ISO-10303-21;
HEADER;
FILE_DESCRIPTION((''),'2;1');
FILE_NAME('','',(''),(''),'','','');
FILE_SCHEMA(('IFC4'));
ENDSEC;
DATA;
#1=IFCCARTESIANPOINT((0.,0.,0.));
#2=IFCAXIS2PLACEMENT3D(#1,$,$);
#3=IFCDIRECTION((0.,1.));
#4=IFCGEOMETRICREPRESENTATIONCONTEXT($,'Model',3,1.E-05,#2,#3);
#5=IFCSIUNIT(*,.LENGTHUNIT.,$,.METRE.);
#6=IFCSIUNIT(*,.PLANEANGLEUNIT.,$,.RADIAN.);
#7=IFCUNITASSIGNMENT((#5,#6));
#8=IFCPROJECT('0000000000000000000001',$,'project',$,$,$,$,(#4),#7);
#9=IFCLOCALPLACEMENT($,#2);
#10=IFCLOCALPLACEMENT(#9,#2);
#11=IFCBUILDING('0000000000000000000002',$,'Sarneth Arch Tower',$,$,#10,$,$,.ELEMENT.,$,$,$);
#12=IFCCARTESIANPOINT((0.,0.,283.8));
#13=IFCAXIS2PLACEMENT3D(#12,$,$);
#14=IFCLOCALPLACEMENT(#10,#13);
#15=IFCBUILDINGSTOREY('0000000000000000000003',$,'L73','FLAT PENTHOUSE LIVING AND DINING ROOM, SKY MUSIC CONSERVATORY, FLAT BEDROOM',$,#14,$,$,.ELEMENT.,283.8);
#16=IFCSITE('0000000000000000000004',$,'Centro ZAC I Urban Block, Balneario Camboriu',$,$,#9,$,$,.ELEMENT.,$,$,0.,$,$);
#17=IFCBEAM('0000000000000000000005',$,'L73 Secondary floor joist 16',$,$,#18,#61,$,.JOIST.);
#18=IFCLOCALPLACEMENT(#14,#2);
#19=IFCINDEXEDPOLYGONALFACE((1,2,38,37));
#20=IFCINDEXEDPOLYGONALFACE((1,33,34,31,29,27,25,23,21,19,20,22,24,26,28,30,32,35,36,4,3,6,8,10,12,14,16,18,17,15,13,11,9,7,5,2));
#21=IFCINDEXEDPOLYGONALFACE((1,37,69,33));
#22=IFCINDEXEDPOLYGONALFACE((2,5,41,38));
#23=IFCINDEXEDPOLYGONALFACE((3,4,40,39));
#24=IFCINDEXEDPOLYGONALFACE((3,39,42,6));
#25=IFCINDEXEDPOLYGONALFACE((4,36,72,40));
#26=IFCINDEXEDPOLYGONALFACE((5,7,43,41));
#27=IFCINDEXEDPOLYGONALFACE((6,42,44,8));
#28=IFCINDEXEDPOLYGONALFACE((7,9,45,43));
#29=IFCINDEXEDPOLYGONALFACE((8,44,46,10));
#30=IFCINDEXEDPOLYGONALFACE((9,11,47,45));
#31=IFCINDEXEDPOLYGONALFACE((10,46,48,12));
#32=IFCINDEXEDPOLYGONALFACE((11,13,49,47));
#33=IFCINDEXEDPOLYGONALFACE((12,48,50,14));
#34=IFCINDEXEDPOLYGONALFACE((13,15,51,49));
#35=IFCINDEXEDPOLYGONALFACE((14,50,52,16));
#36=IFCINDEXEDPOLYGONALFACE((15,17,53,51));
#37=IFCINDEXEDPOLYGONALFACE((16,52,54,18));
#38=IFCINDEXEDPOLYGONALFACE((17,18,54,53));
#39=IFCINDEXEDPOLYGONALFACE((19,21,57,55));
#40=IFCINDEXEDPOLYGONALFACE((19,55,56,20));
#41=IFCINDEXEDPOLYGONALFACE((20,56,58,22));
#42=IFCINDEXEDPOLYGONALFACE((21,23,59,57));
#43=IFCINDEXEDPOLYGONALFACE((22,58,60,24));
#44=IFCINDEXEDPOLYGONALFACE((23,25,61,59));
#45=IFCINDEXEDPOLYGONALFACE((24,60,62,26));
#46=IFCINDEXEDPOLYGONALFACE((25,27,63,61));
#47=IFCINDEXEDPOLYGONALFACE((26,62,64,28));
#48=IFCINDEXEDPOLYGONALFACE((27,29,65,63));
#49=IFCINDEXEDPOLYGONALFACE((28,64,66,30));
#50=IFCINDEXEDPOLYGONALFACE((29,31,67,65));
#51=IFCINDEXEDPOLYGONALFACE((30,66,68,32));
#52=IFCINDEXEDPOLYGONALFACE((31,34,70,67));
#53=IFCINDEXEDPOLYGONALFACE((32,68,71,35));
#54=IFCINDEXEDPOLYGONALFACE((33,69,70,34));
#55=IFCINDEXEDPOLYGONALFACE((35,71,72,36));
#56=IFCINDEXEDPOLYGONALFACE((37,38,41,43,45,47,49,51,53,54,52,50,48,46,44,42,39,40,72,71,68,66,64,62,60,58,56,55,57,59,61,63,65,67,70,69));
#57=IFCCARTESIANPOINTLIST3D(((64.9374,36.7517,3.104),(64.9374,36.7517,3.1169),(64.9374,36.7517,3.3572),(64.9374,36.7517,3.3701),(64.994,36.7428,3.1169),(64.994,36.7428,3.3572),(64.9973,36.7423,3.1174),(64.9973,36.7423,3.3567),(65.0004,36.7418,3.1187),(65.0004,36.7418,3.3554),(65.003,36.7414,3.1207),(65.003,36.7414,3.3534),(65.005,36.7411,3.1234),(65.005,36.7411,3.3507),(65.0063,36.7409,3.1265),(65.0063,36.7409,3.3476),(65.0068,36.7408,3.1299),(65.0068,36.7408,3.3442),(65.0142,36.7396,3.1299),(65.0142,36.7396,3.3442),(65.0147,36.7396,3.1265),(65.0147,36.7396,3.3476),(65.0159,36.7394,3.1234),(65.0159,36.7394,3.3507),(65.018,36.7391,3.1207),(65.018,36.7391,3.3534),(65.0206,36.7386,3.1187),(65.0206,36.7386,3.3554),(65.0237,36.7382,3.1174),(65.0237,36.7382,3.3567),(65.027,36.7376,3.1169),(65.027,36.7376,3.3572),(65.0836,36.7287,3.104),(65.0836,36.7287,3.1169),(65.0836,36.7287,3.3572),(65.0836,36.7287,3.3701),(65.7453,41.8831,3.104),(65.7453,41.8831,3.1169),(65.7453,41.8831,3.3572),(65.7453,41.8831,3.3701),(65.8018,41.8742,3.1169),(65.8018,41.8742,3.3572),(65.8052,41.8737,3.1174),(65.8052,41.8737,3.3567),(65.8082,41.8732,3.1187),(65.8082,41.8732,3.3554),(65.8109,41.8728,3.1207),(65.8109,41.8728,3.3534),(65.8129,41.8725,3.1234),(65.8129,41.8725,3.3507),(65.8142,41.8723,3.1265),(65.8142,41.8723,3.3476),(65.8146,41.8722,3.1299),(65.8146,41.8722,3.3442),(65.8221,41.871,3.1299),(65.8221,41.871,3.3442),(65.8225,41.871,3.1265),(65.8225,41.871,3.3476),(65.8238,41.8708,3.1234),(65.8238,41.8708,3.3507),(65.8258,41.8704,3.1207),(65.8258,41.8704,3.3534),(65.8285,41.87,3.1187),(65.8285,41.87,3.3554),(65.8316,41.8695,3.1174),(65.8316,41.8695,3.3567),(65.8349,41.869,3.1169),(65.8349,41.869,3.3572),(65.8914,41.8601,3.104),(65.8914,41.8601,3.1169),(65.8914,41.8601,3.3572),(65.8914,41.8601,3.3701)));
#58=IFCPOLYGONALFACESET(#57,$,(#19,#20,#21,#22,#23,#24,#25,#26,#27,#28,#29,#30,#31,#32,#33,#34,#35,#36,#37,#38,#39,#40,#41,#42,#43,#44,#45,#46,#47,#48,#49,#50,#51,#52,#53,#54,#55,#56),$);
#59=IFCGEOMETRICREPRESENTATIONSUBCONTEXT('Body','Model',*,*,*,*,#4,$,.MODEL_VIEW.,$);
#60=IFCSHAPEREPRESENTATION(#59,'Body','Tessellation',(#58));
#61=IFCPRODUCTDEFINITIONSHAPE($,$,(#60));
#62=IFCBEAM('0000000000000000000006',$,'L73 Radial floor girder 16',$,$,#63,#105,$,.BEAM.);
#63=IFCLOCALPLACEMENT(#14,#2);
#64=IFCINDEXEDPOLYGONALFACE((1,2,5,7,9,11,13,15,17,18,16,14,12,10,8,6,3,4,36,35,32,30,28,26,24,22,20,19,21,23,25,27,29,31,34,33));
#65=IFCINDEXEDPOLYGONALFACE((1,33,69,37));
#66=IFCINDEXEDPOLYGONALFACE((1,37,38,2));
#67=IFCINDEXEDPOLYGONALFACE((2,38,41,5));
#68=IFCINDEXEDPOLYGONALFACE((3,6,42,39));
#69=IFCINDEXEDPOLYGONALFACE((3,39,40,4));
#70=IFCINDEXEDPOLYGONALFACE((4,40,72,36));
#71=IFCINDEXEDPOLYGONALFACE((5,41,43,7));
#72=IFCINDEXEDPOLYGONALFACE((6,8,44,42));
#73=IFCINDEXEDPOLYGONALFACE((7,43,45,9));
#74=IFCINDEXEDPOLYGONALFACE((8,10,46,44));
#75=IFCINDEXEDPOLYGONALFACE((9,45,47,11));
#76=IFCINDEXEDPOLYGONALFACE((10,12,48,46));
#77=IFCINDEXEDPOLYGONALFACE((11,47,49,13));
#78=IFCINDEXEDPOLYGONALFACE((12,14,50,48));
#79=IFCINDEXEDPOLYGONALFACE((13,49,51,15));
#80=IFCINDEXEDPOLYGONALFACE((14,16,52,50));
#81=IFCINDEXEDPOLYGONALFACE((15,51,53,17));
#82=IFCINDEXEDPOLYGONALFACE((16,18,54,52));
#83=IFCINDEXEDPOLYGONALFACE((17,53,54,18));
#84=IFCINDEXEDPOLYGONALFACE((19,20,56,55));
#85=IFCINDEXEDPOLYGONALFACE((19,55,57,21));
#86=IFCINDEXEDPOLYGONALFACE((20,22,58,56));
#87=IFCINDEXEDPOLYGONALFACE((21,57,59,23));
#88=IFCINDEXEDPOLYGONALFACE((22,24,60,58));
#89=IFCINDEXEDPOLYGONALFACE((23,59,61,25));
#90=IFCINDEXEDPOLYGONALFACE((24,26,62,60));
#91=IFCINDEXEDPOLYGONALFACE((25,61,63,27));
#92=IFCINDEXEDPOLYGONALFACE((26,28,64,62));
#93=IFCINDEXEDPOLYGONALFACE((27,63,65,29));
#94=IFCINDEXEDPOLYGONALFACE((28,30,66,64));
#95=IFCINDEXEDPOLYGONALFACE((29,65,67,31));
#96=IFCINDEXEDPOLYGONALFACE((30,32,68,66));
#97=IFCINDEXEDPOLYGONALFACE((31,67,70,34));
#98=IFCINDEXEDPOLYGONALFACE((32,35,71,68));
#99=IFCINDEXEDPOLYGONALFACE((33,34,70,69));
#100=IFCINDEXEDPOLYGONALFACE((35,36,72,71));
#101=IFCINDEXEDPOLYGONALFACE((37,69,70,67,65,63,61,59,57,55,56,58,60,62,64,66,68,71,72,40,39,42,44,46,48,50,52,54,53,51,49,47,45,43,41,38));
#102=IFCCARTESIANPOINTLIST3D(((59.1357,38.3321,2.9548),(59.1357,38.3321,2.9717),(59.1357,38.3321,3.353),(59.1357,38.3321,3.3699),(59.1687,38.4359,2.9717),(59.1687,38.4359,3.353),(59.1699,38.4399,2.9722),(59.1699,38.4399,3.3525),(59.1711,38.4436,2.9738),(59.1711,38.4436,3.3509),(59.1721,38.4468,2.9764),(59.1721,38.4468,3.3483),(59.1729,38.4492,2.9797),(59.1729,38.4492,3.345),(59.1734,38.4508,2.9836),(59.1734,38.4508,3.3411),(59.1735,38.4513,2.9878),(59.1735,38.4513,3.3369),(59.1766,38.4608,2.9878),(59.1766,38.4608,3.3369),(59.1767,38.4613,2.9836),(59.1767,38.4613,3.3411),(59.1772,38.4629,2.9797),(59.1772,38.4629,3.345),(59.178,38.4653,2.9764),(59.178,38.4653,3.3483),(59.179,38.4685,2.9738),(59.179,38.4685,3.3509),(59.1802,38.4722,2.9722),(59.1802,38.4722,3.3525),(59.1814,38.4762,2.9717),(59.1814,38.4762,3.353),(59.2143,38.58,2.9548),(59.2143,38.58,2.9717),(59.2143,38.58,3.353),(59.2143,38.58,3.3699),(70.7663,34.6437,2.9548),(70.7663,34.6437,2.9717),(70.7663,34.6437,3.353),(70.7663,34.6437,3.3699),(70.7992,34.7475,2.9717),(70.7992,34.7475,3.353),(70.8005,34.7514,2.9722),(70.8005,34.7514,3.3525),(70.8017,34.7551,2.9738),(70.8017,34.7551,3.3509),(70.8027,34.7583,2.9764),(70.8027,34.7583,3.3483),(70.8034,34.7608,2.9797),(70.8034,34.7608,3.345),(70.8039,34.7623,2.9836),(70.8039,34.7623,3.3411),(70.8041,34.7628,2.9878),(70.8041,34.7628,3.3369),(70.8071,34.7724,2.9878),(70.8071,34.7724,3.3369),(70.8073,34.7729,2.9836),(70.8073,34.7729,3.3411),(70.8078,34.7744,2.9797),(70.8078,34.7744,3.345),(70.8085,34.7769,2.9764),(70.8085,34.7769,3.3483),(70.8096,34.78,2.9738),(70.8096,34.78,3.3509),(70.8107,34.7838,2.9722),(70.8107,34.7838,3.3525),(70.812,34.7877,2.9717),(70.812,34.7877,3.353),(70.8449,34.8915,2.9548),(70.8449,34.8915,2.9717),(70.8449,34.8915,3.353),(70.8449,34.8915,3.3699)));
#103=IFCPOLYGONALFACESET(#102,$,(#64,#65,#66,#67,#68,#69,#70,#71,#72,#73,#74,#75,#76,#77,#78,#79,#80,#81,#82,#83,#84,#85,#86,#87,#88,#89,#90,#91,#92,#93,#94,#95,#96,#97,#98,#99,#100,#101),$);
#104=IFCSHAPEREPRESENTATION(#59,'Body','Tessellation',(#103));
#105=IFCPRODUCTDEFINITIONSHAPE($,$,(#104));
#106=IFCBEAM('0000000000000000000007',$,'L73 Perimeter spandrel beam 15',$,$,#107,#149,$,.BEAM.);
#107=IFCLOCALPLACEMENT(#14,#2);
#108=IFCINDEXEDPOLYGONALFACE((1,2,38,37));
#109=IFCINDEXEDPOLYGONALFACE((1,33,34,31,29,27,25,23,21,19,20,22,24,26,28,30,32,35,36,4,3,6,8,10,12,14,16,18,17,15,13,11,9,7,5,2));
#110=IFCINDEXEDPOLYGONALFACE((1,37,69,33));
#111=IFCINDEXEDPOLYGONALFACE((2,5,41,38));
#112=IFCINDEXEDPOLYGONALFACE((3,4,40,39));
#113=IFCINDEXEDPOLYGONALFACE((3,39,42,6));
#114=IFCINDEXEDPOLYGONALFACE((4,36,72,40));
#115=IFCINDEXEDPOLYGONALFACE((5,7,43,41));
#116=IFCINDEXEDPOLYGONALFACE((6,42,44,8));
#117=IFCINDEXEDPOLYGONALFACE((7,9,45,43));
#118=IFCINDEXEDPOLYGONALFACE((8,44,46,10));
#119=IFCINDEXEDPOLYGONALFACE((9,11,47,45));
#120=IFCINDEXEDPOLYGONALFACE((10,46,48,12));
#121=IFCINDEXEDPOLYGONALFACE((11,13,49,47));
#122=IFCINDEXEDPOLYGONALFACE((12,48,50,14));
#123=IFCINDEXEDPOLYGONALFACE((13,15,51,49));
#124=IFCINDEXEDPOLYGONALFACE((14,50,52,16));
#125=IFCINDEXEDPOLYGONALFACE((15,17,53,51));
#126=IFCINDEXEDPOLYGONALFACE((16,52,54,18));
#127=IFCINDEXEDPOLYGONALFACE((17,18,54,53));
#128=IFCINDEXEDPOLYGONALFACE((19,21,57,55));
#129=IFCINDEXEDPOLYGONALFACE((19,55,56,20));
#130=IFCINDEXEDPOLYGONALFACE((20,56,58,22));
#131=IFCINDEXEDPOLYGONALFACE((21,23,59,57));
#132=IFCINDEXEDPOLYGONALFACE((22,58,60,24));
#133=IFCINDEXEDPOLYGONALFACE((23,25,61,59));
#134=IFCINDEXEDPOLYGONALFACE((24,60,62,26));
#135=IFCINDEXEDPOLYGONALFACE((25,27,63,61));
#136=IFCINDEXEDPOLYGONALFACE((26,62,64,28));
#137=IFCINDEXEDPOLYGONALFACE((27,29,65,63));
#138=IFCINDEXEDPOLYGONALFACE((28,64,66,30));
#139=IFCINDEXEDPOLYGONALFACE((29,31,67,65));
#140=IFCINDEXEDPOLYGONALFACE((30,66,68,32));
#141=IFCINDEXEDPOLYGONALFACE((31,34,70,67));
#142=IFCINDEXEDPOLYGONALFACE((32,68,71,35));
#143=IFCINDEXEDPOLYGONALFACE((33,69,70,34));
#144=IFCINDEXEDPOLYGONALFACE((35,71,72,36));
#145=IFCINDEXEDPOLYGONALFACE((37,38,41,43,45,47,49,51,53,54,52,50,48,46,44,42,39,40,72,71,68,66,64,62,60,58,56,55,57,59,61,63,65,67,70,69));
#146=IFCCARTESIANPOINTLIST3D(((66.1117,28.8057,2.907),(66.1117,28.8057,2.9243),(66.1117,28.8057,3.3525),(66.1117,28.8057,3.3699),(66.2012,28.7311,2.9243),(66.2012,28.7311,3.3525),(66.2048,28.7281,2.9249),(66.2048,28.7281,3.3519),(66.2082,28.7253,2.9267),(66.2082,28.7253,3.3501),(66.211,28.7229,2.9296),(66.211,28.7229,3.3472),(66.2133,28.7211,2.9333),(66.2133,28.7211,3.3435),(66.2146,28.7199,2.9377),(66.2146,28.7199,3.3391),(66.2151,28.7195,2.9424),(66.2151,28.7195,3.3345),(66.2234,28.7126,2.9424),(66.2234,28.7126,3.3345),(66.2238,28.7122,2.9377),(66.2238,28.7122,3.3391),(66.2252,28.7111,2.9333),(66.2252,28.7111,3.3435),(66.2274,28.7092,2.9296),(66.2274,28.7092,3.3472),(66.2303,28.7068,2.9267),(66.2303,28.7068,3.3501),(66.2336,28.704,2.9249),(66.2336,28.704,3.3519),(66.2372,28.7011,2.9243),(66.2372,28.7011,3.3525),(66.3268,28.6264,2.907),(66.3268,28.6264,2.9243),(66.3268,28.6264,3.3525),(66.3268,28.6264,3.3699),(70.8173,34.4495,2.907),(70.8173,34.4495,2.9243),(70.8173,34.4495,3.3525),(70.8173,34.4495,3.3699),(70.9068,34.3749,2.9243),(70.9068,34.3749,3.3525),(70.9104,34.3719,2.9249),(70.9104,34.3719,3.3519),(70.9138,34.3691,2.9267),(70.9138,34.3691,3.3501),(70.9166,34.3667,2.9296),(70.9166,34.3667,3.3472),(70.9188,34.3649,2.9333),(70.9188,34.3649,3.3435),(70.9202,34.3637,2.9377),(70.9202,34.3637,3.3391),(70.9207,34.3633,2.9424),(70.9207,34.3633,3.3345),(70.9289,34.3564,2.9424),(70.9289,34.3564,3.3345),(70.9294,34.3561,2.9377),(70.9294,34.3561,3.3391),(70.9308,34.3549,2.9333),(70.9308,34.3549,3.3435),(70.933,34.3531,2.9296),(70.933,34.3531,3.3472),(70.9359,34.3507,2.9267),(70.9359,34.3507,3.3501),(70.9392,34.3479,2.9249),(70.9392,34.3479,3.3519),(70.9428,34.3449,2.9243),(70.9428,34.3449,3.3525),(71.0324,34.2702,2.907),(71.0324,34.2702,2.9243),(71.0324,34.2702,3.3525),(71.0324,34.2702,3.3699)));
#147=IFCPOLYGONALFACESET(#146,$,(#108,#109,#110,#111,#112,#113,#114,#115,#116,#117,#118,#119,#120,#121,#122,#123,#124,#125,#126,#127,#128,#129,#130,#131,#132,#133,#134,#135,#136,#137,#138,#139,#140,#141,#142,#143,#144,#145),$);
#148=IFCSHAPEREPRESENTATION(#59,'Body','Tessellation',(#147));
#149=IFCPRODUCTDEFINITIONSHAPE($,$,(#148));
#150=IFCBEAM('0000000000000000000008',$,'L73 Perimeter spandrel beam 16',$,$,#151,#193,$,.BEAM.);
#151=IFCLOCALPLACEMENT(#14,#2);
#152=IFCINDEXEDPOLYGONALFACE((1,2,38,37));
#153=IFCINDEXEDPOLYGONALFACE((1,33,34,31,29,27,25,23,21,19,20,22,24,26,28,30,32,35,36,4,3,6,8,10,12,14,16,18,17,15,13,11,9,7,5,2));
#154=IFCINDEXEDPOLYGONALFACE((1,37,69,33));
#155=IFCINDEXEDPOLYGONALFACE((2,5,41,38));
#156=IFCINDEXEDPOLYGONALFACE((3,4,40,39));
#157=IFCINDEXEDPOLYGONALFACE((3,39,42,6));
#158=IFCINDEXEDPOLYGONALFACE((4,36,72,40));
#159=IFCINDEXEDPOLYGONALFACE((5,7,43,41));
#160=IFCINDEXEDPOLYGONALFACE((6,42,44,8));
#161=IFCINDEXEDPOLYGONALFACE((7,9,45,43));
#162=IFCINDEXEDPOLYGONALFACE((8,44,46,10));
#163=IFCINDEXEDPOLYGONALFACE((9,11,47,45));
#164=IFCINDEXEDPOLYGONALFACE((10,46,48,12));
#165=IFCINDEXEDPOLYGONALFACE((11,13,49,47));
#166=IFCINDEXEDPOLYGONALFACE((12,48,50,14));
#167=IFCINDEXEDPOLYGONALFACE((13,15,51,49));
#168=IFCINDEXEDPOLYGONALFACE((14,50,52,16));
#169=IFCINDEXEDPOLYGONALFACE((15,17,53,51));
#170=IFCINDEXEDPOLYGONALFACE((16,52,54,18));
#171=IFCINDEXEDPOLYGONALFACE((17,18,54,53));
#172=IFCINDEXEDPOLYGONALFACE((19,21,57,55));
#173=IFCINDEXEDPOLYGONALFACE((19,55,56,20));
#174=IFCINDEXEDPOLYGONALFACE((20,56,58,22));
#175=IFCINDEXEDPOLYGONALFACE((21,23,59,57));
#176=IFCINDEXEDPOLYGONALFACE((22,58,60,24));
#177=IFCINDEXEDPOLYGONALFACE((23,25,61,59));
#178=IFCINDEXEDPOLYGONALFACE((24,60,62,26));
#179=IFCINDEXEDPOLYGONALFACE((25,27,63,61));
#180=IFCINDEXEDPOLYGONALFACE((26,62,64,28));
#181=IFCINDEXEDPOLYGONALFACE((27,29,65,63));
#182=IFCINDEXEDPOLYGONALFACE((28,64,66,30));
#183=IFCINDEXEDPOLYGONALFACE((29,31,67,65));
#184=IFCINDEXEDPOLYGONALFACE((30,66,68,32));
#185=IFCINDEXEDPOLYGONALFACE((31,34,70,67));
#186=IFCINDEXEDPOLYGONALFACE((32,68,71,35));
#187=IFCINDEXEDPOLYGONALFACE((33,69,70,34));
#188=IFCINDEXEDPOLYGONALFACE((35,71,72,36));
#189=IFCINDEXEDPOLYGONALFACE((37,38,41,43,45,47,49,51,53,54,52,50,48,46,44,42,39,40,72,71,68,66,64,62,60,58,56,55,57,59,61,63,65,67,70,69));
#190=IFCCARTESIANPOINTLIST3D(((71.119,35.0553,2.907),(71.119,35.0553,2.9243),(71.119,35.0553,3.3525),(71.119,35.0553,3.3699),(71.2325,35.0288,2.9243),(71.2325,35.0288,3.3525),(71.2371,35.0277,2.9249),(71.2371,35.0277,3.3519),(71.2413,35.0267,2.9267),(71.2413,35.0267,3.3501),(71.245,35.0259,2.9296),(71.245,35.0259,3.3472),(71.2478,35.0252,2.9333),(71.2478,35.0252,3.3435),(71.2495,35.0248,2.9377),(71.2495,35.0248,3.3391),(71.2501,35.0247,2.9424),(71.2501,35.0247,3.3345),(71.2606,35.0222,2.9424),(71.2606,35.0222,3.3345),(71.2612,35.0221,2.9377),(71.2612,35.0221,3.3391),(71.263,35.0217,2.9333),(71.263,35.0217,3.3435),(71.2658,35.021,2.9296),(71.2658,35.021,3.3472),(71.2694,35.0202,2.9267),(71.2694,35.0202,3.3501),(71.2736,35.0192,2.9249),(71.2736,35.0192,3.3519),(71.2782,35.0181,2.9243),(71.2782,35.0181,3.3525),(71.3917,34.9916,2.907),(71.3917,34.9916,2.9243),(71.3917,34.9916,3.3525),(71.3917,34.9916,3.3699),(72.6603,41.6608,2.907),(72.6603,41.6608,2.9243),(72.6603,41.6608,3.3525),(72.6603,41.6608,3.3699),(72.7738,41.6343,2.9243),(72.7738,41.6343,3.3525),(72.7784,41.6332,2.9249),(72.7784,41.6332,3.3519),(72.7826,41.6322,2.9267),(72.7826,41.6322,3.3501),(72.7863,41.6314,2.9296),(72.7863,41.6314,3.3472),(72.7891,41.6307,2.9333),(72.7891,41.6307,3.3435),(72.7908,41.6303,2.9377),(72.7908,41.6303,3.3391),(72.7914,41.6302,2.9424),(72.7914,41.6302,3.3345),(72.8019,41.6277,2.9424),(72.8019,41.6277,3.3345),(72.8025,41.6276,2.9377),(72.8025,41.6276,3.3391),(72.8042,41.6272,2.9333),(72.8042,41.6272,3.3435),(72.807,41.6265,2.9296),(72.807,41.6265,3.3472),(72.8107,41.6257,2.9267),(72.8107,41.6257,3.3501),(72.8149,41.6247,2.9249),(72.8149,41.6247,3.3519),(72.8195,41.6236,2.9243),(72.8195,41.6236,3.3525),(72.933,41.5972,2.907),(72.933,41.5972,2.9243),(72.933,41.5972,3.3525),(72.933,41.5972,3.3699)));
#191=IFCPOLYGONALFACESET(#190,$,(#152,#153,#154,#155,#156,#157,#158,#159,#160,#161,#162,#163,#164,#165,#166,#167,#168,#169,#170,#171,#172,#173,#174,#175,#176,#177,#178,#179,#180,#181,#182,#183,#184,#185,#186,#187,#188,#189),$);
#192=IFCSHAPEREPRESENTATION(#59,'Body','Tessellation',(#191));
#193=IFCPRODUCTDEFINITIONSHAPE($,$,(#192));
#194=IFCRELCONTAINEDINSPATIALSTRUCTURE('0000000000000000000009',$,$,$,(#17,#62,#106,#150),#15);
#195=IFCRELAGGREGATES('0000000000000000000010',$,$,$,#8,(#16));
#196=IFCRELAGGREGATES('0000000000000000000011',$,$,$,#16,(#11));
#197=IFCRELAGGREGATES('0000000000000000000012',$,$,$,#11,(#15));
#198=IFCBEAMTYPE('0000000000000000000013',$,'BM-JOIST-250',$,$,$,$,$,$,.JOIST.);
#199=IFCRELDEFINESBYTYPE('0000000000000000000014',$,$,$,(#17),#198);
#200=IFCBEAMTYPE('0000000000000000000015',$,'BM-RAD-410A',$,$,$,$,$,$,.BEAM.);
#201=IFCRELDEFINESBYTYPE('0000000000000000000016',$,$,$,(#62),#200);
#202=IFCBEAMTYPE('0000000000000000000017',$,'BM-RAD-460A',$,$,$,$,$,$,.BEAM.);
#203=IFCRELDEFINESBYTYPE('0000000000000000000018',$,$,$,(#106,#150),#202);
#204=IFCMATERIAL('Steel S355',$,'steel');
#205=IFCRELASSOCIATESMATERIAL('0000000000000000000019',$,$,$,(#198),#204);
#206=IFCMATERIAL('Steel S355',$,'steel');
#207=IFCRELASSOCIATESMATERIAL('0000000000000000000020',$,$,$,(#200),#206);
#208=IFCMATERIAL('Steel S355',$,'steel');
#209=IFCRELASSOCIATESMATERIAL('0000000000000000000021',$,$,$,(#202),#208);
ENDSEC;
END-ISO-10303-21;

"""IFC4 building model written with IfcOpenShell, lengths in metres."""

from ifc_helpers import new_model, si_unit, direction, frame, origin, origin_2d, place, context, subcontext, project, spatial, i_section, extrude, material, material_profile, profile_set, type_object, element, save


model = new_model("IFC4")

# Units and contexts
model_context = context("Model", 3, precision=1e-05, world=origin(), true_north=direction((0.0, 1.0)))
body_context = subcontext(model_context, "Body", "Model", "MODEL_VIEW")
ifc_project = project(units=[si_unit("LENGTHUNIT", "METRE"), si_unit("PLANEANGLEUNIT", "RADIAN")], contexts=[model_context])

# Site, building, storey
site_placement = place(None, origin())
site = spatial("IfcSite", under=ifc_project, at=site_placement, Name="Centro ZAC I Urban Block, Balneario Camboriu", CompositionType="ELEMENT", RefElevation=0.0)
building_placement = place(site_placement, origin())
building = spatial("IfcBuilding", under=site, at=building_placement, Name="Sarneth Arch Tower", CompositionType="ELEMENT")
storey_placement = place(building_placement, frame((0.0, 0.0, 283.8)))
storey = spatial("IfcBuildingStorey", under=building, at=storey_placement, Name="L73", Description="FLAT PENTHOUSE LIVING AND DINING ROOM, SKY MUSIC CONSERVATORY, FLAT BEDROOM", CompositionType="ELEMENT", Elevation=283.8)

# Beams
ifc_material_1 = material(Name="Steel S355", Category="steel")
ifc_material_profile_1 = material_profile(ifc_material_1, i_section(OverallWidth=0.1479, OverallDepth=0.2661, WebThickness=0.0076, FlangeThickness=0.0129, FilletRadius=0.0129, at=origin_2d()), Name="W250x44.8")
ifc_profile_set_1 = profile_set([ifc_material_profile_1], Name="Steel S355")
beam_type_1 = type_object("IfcBeamType", Name="BM-JOIST-250", PredefinedType="JOIST", material=ifc_profile_set_1)
beam_1_placement = place(storey_placement, frame((65.0105, 36.7402, 3.2371), z_axis=(0.155521, 0.987833, 0.0), x_axis=(-0.987833, 0.155521, 0.0)))
element("IfcBeam", 1, at=beam_1_placement, inside=storey, type_object=beam_type_1, Name="L73 Secondary floor joist 16", PredefinedType="JOIST", context=body_context, shape_type="SweptSolid", body=[
    extrude(i_section(OverallWidth=0.1479, OverallDepth=0.2661, WebThickness=0.0076, FlangeThickness=0.0129, FilletRadius=0.0129, at=origin_2d()), origin(), (0.0, 0.0, 1.0), 5.1946),
])
ifc_material_2 = material(Name="Steel S355", Category="steel")
ifc_material_profile_2 = material_profile(ifc_material_2, i_section(OverallWidth=0.26, OverallDepth=0.415, WebThickness=0.01, FlangeThickness=0.0168, FilletRadius=0.0161, at=origin_2d()), Name="W410x100")
ifc_profile_set_2 = profile_set([ifc_material_profile_2], Name="Steel S355")
beam_type_2 = type_object("IfcBeamType", Name="BM-RAD-410A", PredefinedType="BEAM", material=ifc_profile_set_2)
beam_2_placement = place(storey_placement, frame((59.175, 38.4561, 3.1624), z_axis=(0.953214, -0.302298, 0.0), x_axis=(0.302298, 0.953214, 0.0)))
element("IfcBeam", 2, at=beam_2_placement, inside=storey, type_object=beam_type_2, Name="L73 Radial floor girder 16", PredefinedType="BEAM", context=body_context, shape_type="SweptSolid", body=[
    extrude(i_section(OverallWidth=0.26, OverallDepth=0.415, WebThickness=0.01, FlangeThickness=0.0168, FilletRadius=0.0161, at=origin_2d()), origin(), (0.0, 0.0, 1.0), 12.2014),
])
ifc_material_3 = material(Name="Steel S355", Category="steel")
ifc_material_profile_3 = material_profile(ifc_material_3, i_section(OverallWidth=0.28, OverallDepth=0.4629, WebThickness=0.0107, FlangeThickness=0.0173, FilletRadius=0.0181, at=origin_2d()), Name="W460x113")
ifc_profile_set_3 = profile_set([ifc_material_profile_3], Name="Steel S355")
beam_type_3 = type_object("IfcBeamType", Name="BM-RAD-460A", PredefinedType="BEAM", material=ifc_profile_set_3)
beam_3_placement = place(storey_placement, frame((66.2192, 28.7161, 3.1384), z_axis=(0.640377, 0.768061, 0.0), x_axis=(-0.768061, 0.640377, 0.0)))
element("IfcBeam", 3, at=beam_3_placement, inside=storey, type_object=beam_type_3, Name="L73 Perimeter spandrel beam 15", PredefinedType="BEAM", context=body_context, shape_type="SweptSolid", body=[
    extrude(i_section(OverallWidth=0.28, OverallDepth=0.4629, WebThickness=0.0107, FlangeThickness=0.0173, FilletRadius=0.0181, at=origin_2d()), origin(), (0.0, 0.0, 1.0), 7.3481),
])
beam_4_placement = place(storey_placement, frame((71.2554, 35.0234, 3.1384), z_axis=(0.227227, 0.973842, 0.0), x_axis=(-0.973842, 0.227227, 0.0)))
element("IfcBeam", 4, at=beam_4_placement, inside=storey, type_object=beam_type_3, Name="L73 Perimeter spandrel beam 16", PredefinedType="BEAM", context=body_context, shape_type="SweptSolid", body=[
    extrude(i_section(OverallWidth=0.28, OverallDepth=0.4629, WebThickness=0.0107, FlangeThickness=0.0173, FilletRadius=0.0181, at=origin_2d()), origin(), (0.0, 0.0, 1.0), 6.783),
])

save(model, "model.ifc")
